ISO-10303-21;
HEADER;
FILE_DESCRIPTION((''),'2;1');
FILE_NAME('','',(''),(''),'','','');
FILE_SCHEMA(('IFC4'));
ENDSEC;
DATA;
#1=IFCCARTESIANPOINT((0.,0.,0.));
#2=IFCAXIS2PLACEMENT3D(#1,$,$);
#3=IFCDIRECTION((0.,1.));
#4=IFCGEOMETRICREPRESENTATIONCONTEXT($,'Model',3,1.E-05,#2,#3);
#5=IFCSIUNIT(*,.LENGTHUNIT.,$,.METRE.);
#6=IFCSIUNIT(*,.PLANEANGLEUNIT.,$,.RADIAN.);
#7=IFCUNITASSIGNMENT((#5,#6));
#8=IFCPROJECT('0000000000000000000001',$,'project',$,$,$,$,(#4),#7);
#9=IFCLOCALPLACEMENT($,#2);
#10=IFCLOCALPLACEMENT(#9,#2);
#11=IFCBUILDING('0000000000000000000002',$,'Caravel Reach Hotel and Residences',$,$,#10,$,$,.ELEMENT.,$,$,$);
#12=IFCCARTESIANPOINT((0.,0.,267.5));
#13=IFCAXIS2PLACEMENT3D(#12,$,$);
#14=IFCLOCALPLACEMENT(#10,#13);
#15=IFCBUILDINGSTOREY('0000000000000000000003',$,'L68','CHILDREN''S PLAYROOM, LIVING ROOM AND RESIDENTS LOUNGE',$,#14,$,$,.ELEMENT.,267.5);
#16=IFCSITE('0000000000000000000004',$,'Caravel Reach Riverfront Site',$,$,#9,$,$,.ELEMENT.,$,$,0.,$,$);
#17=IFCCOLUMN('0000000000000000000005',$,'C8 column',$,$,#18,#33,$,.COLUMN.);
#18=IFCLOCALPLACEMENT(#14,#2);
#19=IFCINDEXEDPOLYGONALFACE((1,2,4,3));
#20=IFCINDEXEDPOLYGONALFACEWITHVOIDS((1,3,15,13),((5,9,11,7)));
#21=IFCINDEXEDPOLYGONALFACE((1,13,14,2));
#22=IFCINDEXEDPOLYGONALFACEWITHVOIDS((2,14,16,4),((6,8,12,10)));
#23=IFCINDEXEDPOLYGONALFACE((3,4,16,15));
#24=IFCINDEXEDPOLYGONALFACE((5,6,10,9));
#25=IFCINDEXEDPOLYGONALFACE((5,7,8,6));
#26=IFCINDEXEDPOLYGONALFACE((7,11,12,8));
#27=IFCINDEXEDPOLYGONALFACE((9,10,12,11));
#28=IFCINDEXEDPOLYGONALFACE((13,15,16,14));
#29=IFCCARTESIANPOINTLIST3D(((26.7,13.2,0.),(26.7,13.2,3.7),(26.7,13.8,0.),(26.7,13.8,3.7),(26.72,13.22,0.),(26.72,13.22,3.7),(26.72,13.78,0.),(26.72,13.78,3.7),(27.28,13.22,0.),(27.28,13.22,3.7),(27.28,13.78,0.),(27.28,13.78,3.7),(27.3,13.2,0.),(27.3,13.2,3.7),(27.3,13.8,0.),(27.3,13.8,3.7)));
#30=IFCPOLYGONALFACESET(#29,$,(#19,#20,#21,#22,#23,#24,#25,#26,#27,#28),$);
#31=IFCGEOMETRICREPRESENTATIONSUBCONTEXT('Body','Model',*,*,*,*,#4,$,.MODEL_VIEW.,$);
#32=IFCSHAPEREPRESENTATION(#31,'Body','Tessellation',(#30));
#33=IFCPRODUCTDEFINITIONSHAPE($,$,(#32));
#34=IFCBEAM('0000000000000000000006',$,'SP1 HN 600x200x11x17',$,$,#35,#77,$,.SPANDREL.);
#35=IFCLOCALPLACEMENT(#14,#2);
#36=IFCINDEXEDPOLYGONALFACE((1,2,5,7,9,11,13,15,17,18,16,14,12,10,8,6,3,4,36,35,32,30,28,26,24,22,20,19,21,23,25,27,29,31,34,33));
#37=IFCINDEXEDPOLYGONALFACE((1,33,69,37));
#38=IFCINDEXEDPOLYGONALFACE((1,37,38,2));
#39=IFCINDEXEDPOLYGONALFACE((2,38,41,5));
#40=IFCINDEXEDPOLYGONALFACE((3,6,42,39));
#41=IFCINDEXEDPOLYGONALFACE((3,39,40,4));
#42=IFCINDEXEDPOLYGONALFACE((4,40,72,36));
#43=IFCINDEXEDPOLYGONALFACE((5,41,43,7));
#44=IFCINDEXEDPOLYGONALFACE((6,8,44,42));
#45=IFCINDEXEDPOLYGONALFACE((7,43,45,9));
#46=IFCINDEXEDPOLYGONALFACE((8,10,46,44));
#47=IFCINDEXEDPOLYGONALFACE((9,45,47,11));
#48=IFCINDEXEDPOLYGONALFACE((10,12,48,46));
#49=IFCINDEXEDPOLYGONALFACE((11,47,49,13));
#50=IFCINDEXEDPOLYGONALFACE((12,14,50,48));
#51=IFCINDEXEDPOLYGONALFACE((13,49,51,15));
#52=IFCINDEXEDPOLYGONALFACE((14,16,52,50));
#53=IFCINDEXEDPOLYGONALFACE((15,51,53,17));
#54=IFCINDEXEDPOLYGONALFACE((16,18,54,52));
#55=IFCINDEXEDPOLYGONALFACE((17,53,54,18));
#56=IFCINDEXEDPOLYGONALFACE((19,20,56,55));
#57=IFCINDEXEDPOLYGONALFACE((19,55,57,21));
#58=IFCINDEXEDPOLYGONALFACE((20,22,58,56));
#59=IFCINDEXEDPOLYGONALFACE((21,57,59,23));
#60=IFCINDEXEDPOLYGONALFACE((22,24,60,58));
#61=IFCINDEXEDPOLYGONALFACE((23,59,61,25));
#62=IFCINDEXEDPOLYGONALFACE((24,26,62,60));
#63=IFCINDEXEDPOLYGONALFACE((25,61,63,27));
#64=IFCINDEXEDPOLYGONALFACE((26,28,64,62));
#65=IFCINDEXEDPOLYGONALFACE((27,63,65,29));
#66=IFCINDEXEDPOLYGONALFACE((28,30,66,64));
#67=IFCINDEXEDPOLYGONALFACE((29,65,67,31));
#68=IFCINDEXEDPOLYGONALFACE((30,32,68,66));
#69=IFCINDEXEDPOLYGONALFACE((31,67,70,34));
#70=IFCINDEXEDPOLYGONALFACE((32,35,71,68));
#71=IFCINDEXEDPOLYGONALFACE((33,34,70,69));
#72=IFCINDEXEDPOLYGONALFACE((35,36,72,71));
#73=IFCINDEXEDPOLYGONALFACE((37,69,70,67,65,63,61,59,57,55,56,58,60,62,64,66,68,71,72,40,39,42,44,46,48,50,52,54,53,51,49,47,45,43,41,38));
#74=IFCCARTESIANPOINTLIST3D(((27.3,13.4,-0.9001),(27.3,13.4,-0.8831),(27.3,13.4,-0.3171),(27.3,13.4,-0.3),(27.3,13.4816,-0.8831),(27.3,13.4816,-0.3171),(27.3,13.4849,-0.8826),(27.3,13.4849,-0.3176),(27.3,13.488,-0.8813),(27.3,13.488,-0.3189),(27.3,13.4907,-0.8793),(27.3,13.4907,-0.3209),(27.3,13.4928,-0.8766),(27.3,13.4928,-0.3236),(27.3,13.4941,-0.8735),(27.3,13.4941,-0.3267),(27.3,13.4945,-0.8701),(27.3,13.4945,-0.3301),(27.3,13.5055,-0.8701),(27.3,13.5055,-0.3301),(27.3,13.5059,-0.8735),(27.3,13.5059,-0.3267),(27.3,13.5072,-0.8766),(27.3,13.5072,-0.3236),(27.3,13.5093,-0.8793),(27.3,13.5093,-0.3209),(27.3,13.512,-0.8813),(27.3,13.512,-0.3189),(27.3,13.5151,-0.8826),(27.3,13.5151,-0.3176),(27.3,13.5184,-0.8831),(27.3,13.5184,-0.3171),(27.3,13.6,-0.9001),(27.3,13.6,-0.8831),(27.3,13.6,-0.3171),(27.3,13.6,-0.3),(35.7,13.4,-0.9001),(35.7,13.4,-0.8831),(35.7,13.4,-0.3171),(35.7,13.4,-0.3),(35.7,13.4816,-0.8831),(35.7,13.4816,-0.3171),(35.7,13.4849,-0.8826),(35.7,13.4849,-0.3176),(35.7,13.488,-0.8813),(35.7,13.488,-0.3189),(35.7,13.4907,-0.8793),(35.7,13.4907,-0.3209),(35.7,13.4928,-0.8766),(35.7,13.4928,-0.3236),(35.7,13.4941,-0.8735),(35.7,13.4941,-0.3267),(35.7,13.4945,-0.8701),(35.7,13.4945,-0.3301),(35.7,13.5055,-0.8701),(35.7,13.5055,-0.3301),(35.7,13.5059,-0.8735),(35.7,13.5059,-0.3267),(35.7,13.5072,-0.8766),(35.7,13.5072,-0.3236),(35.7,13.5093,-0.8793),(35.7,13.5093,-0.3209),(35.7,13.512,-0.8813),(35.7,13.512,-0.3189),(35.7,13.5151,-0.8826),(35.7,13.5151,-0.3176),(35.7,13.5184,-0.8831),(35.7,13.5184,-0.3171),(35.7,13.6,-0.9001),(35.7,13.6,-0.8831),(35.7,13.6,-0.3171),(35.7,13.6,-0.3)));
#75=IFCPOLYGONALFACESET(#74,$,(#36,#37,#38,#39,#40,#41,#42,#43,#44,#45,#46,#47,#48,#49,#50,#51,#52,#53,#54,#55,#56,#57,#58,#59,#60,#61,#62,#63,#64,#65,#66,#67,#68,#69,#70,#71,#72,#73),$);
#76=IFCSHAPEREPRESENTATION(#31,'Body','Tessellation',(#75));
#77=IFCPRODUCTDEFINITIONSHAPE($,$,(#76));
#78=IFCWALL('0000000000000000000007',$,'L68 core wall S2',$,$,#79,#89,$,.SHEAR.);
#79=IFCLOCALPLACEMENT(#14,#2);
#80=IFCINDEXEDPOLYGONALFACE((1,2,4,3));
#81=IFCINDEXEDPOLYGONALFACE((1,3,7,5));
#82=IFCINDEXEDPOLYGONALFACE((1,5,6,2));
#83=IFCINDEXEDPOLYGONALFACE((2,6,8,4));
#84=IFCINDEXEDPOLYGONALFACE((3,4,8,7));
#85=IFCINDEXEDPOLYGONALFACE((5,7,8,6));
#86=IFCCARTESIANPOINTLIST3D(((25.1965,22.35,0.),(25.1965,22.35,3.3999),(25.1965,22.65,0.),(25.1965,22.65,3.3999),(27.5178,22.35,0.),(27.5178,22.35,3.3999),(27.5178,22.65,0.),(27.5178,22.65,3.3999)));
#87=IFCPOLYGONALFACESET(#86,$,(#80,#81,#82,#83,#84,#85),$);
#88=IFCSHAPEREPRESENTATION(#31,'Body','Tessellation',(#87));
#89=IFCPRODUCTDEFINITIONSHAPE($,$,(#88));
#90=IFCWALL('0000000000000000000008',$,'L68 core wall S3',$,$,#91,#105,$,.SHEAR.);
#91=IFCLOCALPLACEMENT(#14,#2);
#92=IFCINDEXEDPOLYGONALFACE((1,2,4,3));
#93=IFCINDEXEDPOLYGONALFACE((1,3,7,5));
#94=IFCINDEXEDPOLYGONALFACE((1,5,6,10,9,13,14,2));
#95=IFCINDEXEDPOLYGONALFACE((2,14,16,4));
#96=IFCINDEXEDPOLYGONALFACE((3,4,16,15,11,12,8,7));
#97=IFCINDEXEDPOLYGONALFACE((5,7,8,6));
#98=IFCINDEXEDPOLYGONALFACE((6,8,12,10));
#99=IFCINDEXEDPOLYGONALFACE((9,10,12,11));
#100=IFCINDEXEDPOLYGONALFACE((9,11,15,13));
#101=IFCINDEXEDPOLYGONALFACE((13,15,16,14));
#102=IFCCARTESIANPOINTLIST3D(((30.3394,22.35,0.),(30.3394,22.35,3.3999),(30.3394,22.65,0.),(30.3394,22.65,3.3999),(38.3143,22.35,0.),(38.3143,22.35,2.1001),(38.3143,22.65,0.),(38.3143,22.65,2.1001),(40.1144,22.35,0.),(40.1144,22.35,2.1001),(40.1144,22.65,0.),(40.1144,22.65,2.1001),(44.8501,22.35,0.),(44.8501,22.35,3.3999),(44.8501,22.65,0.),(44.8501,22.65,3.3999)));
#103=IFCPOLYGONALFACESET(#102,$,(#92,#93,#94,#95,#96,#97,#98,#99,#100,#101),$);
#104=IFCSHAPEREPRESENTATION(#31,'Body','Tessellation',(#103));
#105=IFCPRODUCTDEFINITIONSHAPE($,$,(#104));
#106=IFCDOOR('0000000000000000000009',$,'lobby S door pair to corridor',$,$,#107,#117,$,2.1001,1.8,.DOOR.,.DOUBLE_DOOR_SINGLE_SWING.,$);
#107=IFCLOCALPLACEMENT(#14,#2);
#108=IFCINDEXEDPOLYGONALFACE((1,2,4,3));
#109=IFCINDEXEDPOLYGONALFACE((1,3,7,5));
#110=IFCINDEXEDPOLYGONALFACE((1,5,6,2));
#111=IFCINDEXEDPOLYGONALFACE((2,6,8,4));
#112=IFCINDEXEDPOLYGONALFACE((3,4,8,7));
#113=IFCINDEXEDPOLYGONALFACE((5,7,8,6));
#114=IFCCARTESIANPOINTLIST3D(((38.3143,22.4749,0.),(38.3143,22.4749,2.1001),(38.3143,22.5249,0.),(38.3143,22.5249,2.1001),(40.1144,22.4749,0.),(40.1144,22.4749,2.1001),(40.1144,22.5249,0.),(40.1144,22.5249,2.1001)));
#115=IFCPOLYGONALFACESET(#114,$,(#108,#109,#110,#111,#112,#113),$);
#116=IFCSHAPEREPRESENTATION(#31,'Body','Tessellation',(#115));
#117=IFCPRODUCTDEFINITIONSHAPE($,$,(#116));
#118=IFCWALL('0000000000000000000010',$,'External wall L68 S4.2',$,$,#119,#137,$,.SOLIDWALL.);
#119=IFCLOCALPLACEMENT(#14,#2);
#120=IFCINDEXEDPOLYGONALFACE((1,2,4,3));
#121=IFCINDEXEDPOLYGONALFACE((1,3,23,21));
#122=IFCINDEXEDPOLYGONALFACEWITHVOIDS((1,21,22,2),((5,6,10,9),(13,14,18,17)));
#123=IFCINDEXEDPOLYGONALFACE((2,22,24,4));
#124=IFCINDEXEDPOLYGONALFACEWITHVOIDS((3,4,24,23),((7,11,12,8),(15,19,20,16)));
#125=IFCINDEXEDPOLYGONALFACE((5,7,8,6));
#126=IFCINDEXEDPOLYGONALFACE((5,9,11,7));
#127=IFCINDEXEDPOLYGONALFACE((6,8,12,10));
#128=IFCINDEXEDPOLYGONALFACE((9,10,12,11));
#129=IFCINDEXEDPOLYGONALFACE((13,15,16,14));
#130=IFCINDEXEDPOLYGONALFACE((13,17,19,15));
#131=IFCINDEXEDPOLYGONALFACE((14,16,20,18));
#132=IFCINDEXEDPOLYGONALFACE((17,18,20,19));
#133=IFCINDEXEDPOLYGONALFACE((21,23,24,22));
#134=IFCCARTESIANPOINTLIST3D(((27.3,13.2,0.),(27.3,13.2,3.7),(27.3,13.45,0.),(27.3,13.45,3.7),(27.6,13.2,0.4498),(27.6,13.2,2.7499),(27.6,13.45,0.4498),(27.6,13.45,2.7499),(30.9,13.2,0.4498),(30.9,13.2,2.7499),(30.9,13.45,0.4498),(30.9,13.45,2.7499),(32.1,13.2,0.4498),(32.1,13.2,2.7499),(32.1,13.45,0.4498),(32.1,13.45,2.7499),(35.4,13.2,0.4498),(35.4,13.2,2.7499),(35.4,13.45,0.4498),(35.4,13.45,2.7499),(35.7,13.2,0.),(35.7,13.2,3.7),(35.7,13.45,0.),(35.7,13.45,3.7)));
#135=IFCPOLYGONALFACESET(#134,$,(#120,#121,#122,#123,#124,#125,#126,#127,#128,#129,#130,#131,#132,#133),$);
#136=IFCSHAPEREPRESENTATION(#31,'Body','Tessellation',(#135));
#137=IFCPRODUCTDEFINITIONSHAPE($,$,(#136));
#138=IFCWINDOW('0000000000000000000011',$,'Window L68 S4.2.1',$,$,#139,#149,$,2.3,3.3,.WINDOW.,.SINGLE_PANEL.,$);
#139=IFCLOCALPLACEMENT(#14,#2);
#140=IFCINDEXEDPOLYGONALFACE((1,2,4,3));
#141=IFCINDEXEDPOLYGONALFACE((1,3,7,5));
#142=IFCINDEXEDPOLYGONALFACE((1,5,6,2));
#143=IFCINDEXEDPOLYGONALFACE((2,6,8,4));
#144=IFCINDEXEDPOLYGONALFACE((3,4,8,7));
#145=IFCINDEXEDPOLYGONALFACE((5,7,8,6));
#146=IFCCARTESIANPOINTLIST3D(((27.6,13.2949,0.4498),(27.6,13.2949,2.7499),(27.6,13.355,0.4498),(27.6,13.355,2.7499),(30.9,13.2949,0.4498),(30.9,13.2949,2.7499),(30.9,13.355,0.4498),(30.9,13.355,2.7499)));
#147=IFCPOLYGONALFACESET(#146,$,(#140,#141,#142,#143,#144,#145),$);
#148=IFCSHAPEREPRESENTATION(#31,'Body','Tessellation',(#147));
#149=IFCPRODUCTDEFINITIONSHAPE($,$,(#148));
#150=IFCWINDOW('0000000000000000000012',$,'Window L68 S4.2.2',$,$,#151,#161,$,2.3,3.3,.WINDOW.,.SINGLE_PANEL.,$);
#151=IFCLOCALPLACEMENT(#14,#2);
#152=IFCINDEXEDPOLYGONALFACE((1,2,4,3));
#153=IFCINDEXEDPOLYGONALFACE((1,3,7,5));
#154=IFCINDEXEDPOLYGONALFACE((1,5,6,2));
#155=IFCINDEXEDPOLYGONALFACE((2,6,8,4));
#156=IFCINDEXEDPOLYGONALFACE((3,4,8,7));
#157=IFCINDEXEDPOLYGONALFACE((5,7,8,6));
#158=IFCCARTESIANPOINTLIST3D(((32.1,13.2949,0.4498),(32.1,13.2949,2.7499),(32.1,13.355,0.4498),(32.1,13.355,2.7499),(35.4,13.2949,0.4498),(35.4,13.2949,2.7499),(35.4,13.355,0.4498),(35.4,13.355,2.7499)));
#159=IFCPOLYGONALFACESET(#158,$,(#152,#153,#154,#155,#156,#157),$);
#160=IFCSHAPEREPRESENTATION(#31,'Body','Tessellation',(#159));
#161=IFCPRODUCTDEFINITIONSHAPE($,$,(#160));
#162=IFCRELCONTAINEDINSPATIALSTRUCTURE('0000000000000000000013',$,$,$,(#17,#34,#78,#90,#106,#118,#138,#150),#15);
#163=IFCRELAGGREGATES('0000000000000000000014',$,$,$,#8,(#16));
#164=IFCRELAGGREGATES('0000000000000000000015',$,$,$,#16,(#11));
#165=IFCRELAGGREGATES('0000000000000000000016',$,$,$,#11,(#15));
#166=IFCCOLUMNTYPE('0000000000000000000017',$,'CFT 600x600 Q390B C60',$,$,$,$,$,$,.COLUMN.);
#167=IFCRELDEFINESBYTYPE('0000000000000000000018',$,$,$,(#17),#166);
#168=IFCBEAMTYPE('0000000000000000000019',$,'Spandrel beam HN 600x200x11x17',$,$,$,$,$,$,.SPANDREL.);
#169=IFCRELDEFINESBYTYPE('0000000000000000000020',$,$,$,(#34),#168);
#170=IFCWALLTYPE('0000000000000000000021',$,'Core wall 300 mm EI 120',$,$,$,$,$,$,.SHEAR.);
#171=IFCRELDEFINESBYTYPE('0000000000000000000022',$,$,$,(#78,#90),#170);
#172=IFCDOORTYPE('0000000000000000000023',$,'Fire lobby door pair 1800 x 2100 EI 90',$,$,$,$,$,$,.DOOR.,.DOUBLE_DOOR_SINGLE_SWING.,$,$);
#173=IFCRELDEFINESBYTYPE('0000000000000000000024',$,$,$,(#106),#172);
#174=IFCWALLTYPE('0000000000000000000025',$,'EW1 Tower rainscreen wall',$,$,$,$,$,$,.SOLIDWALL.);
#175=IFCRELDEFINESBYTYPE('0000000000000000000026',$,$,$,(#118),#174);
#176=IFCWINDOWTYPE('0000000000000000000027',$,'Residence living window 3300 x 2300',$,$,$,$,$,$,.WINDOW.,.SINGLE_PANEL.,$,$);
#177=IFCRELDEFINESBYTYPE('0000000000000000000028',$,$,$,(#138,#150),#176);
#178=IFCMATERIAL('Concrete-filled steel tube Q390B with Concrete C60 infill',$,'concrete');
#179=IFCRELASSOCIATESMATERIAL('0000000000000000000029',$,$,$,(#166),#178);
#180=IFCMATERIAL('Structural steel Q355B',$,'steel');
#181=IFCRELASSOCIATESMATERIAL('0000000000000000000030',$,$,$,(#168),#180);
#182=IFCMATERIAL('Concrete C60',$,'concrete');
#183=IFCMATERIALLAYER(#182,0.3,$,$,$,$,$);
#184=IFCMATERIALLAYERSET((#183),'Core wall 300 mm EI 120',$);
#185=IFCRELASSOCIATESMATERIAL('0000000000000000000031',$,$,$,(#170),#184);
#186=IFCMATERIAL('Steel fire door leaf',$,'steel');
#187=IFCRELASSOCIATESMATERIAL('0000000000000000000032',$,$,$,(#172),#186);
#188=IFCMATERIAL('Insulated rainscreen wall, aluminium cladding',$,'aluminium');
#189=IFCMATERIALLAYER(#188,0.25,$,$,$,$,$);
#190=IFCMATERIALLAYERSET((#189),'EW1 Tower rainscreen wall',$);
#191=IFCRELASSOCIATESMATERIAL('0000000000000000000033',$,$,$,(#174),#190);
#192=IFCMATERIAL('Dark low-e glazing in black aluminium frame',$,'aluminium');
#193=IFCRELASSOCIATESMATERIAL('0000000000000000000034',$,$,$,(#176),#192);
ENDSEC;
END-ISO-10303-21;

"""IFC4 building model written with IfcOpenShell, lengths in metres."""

from ifc_helpers import new_model, si_unit, direction, frame, frame_2d, origin, origin_2d, place, context, subcontext, project, spatial, rectangle, hollow_rectangle, i_section, extrude, material, layer, layer_set, material_profile, profile_set, type_object, element, fill, save


model = new_model("IFC4")

# Units and contexts
model_context = context("Model", 3, precision=1e-05, world=origin(), true_north=direction((0.0, 1.0)))
body_context = subcontext(model_context, "Body", "Model", "MODEL_VIEW")
ifc_project = project(units=[si_unit("LENGTHUNIT", "METRE"), si_unit("PLANEANGLEUNIT", "RADIAN")], contexts=[model_context])

# Site, building, storey
site_placement = place(None, origin())
site = spatial("IfcSite", under=ifc_project, at=site_placement, Name="Caravel Reach Riverfront Site", CompositionType="ELEMENT", RefElevation=0.0)
building_placement = place(site_placement, origin())
building = spatial("IfcBuilding", under=site, at=building_placement, Name="Caravel Reach Hotel and Residences", CompositionType="ELEMENT")
storey_placement = place(building_placement, frame((0.0, 0.0, 267.5)))
storey = spatial("IfcBuildingStorey", under=building, at=storey_placement, Name="L68", Description="CHILDREN'S PLAYROOM, LIVING ROOM AND RESIDENTS LOUNGE", CompositionType="ELEMENT", Elevation=267.5)

# Column
ifc_material_1 = material(Name="Concrete-filled steel tube Q390B with Concrete C60 infill", Category="concrete")
ifc_material_profile_1 = material_profile(ifc_material_1, hollow_rectangle(XDim=0.6001, YDim=0.6001, WallThickness=0.02, at=origin_2d()), Name="RHS 600x600x20")
ifc_profile_set_1 = profile_set([ifc_material_profile_1], Name="Concrete-filled steel tube Q390B with Concrete C60 infill")
column_type = type_object("IfcColumnType", Name="CFT 600x600 Q390B C60", PredefinedType="COLUMN", material=ifc_profile_set_1)
column_placement = place(storey_placement, frame((27.0, 13.5, 0.0), z_axis=(0.0, 0.0, 1.0), x_axis=(1.0, 0.0, 0.0)))
element("IfcColumn", 1, at=column_placement, inside=storey, type_object=column_type, Name="C8 column", PredefinedType="COLUMN", context=body_context, shape_type="SweptSolid", body=[
    extrude(hollow_rectangle(XDim=0.6001, YDim=0.6001, WallThickness=0.02, at=origin_2d()), origin(), (0.0, 0.0, 1.0), 3.7),
])

# Beam
ifc_material_2 = material(Name="Structural steel Q355B", Category="steel")
ifc_material_profile_2 = material_profile(ifc_material_2, i_section(OverallWidth=0.2, OverallDepth=0.6001, WebThickness=0.011, FlangeThickness=0.0171, FilletRadius=0.0129, at=origin_2d()), Name="HN 600x200x11x17")
ifc_profile_set_2 = profile_set([ifc_material_profile_2], Name="Structural steel Q355B")
beam_type = type_object("IfcBeamType", Name="Spandrel beam HN 600x200x11x17", PredefinedType="SPANDREL", material=ifc_profile_set_2)
beam_placement = place(storey_placement, frame((27.3, 13.5, -0.6001), z_axis=(1.0, 0.0, 0.0), x_axis=(0.0, 1.0, 0.0)))
element("IfcBeam", 2, at=beam_placement, inside=storey, type_object=beam_type, Name="SP1 HN 600x200x11x17", PredefinedType="SPANDREL", context=body_context, shape_type="SweptSolid", body=[
    extrude(i_section(OverallWidth=0.2, OverallDepth=0.6001, WebThickness=0.011, FlangeThickness=0.0171, FilletRadius=0.0129, at=origin_2d()), origin(), (0.0, 0.0, 1.0), 8.3999),
])

# Wall
ifc_material_3 = material(Name="Concrete C60", Category="concrete")
ifc_layer_1 = layer(ifc_material_3, 0.3)
ifc_layer_set_1 = layer_set([ifc_layer_1], Name="Core wall 300 mm EI 120")
wall_type_1 = type_object("IfcWallType", Name="Core wall 300 mm EI 120", PredefinedType="SHEAR", material=ifc_layer_set_1)
wall_1_placement = place(storey_placement, frame((25.1965, 22.5, 0.0), z_axis=(0.0, 0.0, 1.0), x_axis=(1.0, 0.0, 0.0)))
element("IfcWall", 3, at=wall_1_placement, inside=storey, type_object=wall_type_1, Name="L68 core wall S2", PredefinedType="SHEAR", context=body_context, shape_type="SweptSolid", body=[
    extrude(rectangle(XDim=2.3213, YDim=0.3, at=frame_2d((1.1606, 0.0))), origin(), (0.0, 0.0, 1.0), 3.3999),
])

# Wall, opening, door
wall_2_placement = place(storey_placement, frame((30.3394, 22.5, 0.0), z_axis=(0.0, 0.0, 1.0), x_axis=(1.0, 0.0, 0.0)))
wall_2 = element("IfcWall", 4, at=wall_2_placement, inside=storey, type_object=wall_type_1, Name="L68 core wall S3", PredefinedType="SHEAR", context=body_context, shape_type="SweptSolid", body=[
    extrude(rectangle(XDim=14.5107, YDim=0.3, at=frame_2d((7.2554, 0.0))), origin(), (0.0, 0.0, 1.0), 3.3999),
])
opening_1_placement = place(wall_2_placement, frame((7.9751, 0.0, 0.0)))
opening_1 = element("IfcOpeningElement", 5, at=opening_1_placement, cuts=wall_2, PredefinedType="OPENING", context=body_context, shape_type="SweptSolid", body=[
    extrude(rectangle(XDim=1.8, YDim=2.1001, at=frame_2d((0.8999, 1.05))), frame((0.0, 0.1599, 0.0), z_axis=(0.0, -1.0, 0.0), x_axis=(1.0, 0.0, 0.0)), (0.0, 0.0, 1.0), 0.3201),
])
ifc_material_4 = material(Name="Steel fire door leaf", Category="steel")
door_type_1 = type_object("IfcDoorType", Name="Fire lobby door pair 1800 x 2100 EI 90", OperationType="DOUBLE_DOOR_SINGLE_SWING", PredefinedType="DOOR", material=ifc_material_4)
door_1_placement = place(opening_1_placement, origin())
door_1 = element("IfcDoor", 6, at=door_1_placement, inside=storey, type_object=door_type_1, Name="lobby S door pair to corridor", OperationType="DOUBLE_DOOR_SINGLE_SWING", OverallHeight=2.1001, OverallWidth=1.8, PredefinedType="DOOR", context=body_context, shape_type="SweptSolid", body=[
    extrude(rectangle(XDim=1.8, YDim=2.1001, at=frame_2d((0.8999, 1.05))), frame((0.0, 0.0249, 0.0), z_axis=(0.0, -1.0, 0.0), x_axis=(1.0, 0.0, 0.0)), (0.0, 0.0, 1.0), 0.05),
])
fill(opening_1, door_1)

# Wall, openings, windows
ifc_material_5 = material(Name="Insulated rainscreen wall, aluminium cladding", Category="aluminium")
ifc_layer_2 = layer(ifc_material_5, 0.25)
ifc_layer_set_2 = layer_set([ifc_layer_2], Name="EW1 Tower rainscreen wall")
wall_type_2 = type_object("IfcWallType", Name="EW1 Tower rainscreen wall", PredefinedType="SOLIDWALL", material=ifc_layer_set_2)
wall_3_placement = place(storey_placement, frame((27.3, 13.325, 0.0), z_axis=(0.0, 0.0, 1.0), x_axis=(1.0, 0.0, 0.0)))
wall_3 = element("IfcWall", 7, at=wall_3_placement, inside=storey, type_object=wall_type_2, Name="External wall L68 S4.2", PredefinedType="SOLIDWALL", context=body_context, shape_type="SweptSolid", body=[
    extrude(rectangle(XDim=8.3999, YDim=0.25, at=frame_2d((4.2, 0.0))), origin(), (0.0, 0.0, 1.0), 3.7),
])
opening_2_placement = place(wall_3_placement, frame((0.3, 0.0, 0.45)))
opening_2 = element("IfcOpeningElement", 8, at=opening_2_placement, cuts=wall_3, PredefinedType="OPENING", context=body_context, shape_type="SweptSolid", body=[
    extrude(rectangle(XDim=3.3, YDim=2.3, at=frame_2d((1.6499, 1.1499))), frame((0.0, 0.135, 0.0), z_axis=(0.0, -1.0, 0.0), x_axis=(1.0, 0.0, 0.0)), (0.0, 0.0, 1.0), 0.27),
])
opening_3_placement = place(wall_3_placement, frame((4.8, 0.0, 0.45)))
opening_3 = element("IfcOpeningElement", 9, at=opening_3_placement, cuts=wall_3, PredefinedType="OPENING", context=body_context, shape_type="SweptSolid", body=[
    extrude(rectangle(XDim=3.3, YDim=2.3, at=frame_2d((1.6499, 1.1499))), frame((0.0, 0.135, 0.0), z_axis=(0.0, -1.0, 0.0), x_axis=(1.0, 0.0, 0.0)), (0.0, 0.0, 1.0), 0.27),
])
ifc_material_6 = material(Name="Dark low-e glazing in black aluminium frame", Category="aluminium")
window_type = type_object("IfcWindowType", Name="Residence living window 3300 x 2300", PartitioningType="SINGLE_PANEL", PredefinedType="WINDOW", material=ifc_material_6)
window_1_placement = place(opening_2_placement, origin())
window_1 = element("IfcWindow", 10, at=window_1_placement, inside=storey, type_object=window_type, Name="Window L68 S4.2.1", OverallHeight=2.3, OverallWidth=3.3, PartitioningType="SINGLE_PANEL", PredefinedType="WINDOW", context=body_context, shape_type="SweptSolid", body=[
    extrude(rectangle(XDim=3.3, YDim=2.3, at=frame_2d((1.6499, 1.1499))), frame((0.0, 0.03, 0.0), z_axis=(0.0, -1.0, 0.0), x_axis=(1.0, 0.0, 0.0)), (0.0, 0.0, 1.0), 0.0601),
])
fill(opening_2, window_1)
window_2_placement = place(opening_3_placement, origin())
window_2 = element("IfcWindow", 11, at=window_2_placement, inside=storey, type_object=window_type, Name="Window L68 S4.2.2", OverallHeight=2.3, OverallWidth=3.3, PartitioningType="SINGLE_PANEL", PredefinedType="WINDOW", context=body_context, shape_type="SweptSolid", body=[
    extrude(rectangle(XDim=3.3, YDim=2.3, at=frame_2d((1.6499, 1.1499))), frame((0.0, 0.03, 0.0), z_axis=(0.0, -1.0, 0.0), x_axis=(1.0, 0.0, 0.0)), (0.0, 0.0, 1.0), 0.0601),
])
fill(opening_3, window_2)

save(model, "model.ifc")
